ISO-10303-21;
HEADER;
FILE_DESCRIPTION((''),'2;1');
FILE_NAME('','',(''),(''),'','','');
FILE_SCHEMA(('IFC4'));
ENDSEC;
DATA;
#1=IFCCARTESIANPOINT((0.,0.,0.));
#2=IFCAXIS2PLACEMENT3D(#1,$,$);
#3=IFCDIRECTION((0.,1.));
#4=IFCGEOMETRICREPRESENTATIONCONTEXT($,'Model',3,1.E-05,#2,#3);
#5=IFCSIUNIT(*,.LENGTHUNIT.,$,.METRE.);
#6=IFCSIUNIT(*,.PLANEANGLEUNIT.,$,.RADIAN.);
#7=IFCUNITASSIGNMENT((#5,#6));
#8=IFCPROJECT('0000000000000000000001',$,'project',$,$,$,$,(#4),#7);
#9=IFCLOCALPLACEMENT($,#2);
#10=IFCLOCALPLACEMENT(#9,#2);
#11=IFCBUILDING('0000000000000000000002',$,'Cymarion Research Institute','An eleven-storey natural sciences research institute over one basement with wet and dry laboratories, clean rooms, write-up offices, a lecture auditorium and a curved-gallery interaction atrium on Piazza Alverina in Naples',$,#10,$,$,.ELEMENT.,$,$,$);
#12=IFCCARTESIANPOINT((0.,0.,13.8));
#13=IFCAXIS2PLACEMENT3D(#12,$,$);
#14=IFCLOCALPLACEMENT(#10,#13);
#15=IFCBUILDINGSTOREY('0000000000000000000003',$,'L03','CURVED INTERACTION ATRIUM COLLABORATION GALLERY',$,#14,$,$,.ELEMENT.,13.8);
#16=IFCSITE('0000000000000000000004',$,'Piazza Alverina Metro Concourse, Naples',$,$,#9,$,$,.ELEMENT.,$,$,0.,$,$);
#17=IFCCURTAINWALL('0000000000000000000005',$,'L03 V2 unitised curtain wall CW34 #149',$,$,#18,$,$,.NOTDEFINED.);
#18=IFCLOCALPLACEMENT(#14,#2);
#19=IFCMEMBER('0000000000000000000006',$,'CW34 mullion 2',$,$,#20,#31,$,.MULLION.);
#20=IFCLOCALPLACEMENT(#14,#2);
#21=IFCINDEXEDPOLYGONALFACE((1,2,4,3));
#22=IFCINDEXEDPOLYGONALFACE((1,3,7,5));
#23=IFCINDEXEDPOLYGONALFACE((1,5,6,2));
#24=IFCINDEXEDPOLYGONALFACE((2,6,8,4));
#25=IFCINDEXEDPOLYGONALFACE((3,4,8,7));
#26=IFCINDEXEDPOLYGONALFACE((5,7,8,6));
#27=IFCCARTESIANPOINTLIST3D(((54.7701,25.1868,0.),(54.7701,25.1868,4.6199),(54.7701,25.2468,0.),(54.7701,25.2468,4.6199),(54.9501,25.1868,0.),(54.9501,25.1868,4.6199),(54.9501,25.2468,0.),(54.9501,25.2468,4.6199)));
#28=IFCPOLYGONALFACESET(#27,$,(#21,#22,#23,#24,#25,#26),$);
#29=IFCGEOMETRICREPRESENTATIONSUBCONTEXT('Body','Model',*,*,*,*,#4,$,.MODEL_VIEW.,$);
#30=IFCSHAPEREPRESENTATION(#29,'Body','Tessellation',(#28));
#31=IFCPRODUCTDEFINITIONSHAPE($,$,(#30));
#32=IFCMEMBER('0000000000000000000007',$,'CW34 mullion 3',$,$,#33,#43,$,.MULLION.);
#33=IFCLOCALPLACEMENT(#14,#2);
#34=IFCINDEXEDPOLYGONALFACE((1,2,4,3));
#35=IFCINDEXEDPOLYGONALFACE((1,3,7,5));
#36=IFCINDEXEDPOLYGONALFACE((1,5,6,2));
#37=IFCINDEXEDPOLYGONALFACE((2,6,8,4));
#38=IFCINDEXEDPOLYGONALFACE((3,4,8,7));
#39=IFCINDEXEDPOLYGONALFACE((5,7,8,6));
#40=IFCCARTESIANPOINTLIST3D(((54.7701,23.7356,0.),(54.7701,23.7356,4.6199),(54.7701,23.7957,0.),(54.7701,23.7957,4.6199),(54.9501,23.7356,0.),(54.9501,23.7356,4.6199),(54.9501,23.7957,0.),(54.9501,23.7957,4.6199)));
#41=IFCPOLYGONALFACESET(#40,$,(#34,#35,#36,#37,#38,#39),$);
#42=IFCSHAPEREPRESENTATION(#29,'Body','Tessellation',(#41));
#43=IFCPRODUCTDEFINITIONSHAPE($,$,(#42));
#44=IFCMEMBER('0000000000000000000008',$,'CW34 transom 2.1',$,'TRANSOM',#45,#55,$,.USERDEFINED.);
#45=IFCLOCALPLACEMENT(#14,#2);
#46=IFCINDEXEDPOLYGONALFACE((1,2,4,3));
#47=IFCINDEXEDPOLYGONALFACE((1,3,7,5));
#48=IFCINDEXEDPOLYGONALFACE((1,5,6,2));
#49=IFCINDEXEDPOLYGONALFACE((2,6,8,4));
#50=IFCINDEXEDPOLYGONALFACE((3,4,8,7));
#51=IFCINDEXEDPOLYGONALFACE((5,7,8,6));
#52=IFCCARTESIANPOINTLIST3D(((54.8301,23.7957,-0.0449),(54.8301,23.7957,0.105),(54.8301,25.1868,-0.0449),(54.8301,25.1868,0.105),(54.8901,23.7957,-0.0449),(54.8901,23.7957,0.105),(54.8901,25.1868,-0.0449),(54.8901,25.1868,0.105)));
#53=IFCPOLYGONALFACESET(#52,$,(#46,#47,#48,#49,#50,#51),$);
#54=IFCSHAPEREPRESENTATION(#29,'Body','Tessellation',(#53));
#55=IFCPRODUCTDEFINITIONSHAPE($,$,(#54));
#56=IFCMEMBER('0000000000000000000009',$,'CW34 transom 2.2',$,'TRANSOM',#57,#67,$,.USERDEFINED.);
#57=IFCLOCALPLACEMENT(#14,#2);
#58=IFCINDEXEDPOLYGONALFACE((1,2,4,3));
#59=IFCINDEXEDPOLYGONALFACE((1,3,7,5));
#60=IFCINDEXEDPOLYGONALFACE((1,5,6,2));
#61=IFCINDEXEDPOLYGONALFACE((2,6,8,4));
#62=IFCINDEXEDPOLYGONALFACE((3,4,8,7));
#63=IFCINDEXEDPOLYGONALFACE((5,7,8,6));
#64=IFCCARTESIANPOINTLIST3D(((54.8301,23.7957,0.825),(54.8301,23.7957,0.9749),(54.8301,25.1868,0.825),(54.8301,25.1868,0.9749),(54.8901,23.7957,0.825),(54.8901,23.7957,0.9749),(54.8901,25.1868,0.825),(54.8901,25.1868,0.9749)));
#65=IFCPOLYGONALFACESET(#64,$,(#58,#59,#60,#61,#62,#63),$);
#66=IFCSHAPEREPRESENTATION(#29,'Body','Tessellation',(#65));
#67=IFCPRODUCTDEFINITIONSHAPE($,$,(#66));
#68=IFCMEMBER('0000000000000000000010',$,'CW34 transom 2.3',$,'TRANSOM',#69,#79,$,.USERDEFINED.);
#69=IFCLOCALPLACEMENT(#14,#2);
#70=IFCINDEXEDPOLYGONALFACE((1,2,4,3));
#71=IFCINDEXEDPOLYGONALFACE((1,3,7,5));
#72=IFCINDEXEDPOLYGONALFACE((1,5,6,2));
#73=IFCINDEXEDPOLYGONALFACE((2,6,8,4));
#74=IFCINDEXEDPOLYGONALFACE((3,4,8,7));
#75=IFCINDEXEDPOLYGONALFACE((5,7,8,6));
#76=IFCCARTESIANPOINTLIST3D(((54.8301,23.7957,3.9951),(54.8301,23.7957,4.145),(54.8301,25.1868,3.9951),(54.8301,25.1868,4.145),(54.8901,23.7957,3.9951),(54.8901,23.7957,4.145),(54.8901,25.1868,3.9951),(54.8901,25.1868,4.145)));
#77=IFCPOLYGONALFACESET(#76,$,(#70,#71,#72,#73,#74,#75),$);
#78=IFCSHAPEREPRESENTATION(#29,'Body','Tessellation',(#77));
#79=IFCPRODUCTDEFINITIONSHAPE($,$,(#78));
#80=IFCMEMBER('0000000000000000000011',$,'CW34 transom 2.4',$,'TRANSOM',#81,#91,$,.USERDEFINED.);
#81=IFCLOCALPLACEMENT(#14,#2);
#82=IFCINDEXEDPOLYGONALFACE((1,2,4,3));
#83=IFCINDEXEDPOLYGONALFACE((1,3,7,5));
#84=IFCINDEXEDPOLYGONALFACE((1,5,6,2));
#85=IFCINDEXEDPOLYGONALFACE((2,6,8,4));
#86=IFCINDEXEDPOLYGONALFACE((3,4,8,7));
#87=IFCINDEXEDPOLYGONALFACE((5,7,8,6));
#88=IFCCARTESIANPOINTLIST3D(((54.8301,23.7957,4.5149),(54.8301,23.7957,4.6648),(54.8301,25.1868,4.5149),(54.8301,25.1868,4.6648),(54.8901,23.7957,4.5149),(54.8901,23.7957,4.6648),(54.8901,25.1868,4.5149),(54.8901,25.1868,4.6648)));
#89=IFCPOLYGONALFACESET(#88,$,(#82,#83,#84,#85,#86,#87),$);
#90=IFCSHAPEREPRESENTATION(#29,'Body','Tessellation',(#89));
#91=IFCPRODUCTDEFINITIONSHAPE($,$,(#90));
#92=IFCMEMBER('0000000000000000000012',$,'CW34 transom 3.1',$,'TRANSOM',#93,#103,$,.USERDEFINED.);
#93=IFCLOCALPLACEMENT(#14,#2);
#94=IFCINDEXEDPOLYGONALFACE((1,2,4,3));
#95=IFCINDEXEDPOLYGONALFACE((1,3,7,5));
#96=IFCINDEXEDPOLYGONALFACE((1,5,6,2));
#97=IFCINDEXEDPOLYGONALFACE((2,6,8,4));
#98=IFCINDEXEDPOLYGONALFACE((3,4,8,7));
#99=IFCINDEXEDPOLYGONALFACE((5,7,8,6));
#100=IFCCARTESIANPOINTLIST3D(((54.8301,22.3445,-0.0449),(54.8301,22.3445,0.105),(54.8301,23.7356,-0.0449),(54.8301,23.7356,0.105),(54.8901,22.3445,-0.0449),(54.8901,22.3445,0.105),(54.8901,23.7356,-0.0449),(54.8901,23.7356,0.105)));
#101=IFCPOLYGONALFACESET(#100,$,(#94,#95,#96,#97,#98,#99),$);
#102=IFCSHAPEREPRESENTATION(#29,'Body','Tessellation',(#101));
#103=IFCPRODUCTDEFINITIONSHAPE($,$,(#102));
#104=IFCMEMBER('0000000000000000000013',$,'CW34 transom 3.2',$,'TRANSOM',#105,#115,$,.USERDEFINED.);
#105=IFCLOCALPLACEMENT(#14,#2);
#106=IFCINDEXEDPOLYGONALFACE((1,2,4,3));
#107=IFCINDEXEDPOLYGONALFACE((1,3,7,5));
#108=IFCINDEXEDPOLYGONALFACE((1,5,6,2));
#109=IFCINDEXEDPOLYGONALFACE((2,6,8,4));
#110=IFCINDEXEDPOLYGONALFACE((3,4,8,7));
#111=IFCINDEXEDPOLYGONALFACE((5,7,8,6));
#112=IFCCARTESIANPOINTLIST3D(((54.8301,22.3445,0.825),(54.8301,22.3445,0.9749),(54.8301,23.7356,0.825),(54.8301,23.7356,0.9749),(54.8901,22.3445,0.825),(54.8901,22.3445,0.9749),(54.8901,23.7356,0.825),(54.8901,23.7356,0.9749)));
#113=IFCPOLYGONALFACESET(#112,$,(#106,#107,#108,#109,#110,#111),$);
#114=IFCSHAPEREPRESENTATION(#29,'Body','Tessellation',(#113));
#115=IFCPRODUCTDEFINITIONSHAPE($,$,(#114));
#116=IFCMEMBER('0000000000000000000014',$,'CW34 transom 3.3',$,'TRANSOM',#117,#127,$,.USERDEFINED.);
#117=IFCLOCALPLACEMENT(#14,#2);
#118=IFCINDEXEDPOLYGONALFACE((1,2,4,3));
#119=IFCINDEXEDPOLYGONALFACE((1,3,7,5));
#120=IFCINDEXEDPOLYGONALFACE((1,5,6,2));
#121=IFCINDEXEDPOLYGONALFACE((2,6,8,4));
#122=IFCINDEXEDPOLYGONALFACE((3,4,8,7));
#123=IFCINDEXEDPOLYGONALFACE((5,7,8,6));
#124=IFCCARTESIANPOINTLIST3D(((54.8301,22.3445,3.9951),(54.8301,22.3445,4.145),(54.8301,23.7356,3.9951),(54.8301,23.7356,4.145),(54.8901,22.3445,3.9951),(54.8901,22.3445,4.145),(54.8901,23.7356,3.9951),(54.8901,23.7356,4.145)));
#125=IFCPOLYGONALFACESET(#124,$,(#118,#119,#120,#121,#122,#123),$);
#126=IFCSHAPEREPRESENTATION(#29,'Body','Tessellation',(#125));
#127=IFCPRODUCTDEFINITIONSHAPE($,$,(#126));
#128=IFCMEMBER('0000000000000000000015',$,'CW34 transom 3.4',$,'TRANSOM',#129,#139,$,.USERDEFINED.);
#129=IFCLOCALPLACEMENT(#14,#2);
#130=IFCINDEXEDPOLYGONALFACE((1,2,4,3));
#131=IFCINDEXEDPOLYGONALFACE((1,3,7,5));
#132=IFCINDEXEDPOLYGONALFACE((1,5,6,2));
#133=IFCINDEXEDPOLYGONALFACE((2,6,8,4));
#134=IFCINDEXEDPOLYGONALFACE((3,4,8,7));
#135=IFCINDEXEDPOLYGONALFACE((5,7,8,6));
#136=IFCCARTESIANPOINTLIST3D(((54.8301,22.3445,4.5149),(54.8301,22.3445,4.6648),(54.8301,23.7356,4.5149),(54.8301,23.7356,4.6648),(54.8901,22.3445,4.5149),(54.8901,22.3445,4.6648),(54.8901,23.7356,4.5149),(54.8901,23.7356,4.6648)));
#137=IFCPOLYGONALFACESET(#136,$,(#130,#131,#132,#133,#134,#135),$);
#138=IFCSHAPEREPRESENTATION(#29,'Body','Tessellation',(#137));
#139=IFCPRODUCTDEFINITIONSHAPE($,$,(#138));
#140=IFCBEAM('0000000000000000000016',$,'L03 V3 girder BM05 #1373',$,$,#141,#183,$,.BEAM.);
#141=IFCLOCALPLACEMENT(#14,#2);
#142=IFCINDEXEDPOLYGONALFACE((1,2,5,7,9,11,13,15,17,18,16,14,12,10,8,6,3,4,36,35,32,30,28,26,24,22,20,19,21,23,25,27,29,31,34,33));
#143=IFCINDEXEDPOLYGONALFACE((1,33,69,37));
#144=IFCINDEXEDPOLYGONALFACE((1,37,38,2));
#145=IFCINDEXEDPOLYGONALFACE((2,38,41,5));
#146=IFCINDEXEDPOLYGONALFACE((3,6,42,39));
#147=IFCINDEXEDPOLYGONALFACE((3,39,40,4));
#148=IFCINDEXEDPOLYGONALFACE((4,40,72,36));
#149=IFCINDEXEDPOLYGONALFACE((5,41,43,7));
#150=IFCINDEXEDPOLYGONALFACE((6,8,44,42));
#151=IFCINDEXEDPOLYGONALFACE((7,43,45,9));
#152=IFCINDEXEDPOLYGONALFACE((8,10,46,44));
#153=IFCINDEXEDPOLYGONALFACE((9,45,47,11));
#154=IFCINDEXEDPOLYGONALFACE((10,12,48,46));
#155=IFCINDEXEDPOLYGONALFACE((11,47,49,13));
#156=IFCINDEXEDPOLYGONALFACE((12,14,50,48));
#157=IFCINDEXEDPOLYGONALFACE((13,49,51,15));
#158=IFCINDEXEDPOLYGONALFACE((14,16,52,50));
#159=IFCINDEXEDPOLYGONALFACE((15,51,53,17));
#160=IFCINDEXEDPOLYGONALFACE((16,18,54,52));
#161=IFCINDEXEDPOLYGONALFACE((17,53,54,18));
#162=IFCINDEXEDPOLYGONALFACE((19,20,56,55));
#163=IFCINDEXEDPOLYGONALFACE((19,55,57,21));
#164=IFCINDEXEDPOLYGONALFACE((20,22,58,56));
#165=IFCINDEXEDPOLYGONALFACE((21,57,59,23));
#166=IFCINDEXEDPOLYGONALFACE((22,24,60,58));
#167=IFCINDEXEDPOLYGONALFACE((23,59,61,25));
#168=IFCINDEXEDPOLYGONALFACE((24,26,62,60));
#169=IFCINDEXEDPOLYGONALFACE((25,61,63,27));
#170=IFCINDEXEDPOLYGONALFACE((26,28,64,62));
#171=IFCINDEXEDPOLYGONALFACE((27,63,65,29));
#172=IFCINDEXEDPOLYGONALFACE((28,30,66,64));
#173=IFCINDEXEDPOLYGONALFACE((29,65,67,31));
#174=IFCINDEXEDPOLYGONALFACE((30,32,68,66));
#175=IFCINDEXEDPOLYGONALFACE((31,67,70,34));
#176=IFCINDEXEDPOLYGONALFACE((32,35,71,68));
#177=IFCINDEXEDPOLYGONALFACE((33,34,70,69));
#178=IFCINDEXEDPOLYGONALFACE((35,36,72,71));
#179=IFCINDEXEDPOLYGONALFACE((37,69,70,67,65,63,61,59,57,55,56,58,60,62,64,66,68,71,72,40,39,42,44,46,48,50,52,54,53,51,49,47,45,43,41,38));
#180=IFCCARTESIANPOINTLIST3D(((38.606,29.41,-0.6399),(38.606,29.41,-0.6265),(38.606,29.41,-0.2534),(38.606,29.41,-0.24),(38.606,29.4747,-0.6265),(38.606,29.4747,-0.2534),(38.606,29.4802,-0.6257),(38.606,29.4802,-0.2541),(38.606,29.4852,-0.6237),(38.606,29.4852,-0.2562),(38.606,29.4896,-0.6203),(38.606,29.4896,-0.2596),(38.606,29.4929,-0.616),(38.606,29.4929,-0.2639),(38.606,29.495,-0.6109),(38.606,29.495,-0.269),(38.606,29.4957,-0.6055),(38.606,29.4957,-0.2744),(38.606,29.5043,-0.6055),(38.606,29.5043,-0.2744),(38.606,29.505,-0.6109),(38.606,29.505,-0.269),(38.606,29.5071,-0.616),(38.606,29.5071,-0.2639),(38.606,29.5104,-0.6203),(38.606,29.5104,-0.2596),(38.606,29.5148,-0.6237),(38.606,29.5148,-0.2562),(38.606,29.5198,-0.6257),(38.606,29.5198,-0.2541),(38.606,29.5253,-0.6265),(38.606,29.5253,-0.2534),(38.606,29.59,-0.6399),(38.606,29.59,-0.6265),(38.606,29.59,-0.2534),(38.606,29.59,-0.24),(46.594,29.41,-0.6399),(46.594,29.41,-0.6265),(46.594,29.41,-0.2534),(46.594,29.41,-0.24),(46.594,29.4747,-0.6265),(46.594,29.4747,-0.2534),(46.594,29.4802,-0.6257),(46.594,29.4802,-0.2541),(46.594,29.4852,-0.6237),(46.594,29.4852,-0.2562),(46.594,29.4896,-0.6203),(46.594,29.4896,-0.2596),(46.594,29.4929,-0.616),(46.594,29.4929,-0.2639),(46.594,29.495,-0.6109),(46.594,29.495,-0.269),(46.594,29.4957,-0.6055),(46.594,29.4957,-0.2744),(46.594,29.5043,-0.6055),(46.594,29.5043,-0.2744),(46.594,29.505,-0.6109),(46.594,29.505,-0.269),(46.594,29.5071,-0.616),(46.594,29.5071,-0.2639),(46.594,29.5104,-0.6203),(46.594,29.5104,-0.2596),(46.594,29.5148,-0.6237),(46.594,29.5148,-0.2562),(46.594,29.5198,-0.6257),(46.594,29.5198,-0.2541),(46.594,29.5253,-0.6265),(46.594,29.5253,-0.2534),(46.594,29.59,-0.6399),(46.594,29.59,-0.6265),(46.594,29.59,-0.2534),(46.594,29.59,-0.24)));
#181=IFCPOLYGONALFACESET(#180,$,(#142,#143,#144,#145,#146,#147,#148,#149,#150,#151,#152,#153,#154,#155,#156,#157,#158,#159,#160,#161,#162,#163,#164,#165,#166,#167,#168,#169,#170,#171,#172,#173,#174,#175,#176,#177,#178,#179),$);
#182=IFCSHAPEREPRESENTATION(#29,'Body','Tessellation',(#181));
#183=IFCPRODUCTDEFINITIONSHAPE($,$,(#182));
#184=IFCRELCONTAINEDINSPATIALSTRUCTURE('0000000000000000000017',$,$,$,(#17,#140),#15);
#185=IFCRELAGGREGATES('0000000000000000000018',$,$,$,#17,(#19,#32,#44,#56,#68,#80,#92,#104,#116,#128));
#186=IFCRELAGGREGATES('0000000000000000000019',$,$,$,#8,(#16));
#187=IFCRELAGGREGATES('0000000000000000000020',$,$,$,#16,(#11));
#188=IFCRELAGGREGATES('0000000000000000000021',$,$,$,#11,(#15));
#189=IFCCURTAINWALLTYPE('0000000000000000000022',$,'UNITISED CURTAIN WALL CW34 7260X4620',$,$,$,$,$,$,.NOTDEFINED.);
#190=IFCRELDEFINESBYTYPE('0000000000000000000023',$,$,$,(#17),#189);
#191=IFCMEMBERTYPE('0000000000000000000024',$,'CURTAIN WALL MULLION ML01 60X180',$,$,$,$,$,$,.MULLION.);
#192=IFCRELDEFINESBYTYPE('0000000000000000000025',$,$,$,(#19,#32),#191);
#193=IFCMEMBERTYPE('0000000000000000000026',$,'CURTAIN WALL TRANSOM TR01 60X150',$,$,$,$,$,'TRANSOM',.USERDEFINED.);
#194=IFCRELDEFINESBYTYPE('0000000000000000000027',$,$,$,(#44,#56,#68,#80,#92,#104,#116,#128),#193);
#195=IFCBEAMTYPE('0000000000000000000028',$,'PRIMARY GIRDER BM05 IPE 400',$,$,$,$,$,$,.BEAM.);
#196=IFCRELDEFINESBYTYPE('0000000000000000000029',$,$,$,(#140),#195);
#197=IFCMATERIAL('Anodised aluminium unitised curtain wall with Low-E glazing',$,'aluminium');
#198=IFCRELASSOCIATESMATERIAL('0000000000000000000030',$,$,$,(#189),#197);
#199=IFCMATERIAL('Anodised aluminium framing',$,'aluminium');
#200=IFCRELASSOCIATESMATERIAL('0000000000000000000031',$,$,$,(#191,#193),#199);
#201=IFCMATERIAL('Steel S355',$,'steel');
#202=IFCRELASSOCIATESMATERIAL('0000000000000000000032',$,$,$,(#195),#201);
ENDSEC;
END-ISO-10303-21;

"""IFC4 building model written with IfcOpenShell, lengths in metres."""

from ifc_helpers import new_model, si_unit, direction, frame, origin, origin_2d, place, context, subcontext, project, spatial, rectangle, i_section, extrude, material, material_profile, profile_set, type_object, element, aggregate, save


model = new_model("IFC4")

# Units and contexts
model_context = context("Model", 3, precision=1e-05, world=origin(), true_north=direction((0.0, 1.0)))
body_context = subcontext(model_context, "Body", "Model", "MODEL_VIEW")
ifc_project = project(units=[si_unit("LENGTHUNIT", "METRE"), si_unit("PLANEANGLEUNIT", "RADIAN")], contexts=[model_context])

# Site, building, storey
site_placement = place(None, origin())
site = spatial("IfcSite", under=ifc_project, at=site_placement, Name="Piazza Alverina Metro Concourse, Naples", CompositionType="ELEMENT", RefElevation=0.0)
building_placement = place(site_placement, origin())
building = spatial("IfcBuilding", under=site, at=building_placement, Name="Cymarion Research Institute", Description="An eleven-storey natural sciences research institute over one basement with wet and dry laboratories, clean rooms, write-up offices, a lecture auditorium and a curved-gallery interaction atrium on Piazza Alverina in Naples", CompositionType="ELEMENT")
storey_placement = place(building_placement, frame((0.0, 0.0, 13.8)))
storey = spatial("IfcBuildingStorey", under=building, at=storey_placement, Name="L03", Description="CURVED INTERACTION ATRIUM COLLABORATION GALLERY", CompositionType="ELEMENT", Elevation=13.8)

# Curtain wall, members
ifc_material_1 = material(Name="Anodised aluminium unitised curtain wall with Low-E glazing", Category="aluminium")
curtain_wall_type = type_object("IfcCurtainWallType", Name="UNITISED CURTAIN WALL CW34 7260X4620", PredefinedType="NOTDEFINED", material=ifc_material_1)
curtain_wall_placement = place(storey_placement, origin())
curtain_wall = element("IfcCurtainWall", 1, at=curtain_wall_placement, inside=storey, type_object=curtain_wall_type, Name="L03 V2 unitised curtain wall CW34 #149", PredefinedType="NOTDEFINED")
ifc_material_2 = material(Name="Anodised aluminium framing", Category="aluminium")
ifc_material_profile_1 = material_profile(ifc_material_2, rectangle(XDim=0.0601, YDim=0.1799, at=origin_2d()), Name="ALU MULLION 60x180")
ifc_profile_set_1 = profile_set([ifc_material_profile_1], Name="Anodised aluminium framing")
member_type_1 = type_object("IfcMemberType", Name="CURTAIN WALL MULLION ML01 60X180", PredefinedType="MULLION", material=ifc_profile_set_1)
member_1_placement = place(storey_placement, frame((54.8601, 25.2168, 0.0), z_axis=(0.0, 0.0, 1.0), x_axis=(0.0, -1.0, 0.0)))
member_1 = element("IfcMember", 2, at=member_1_placement, type_object=member_type_1, Name="CW34 mullion 2", PredefinedType="MULLION", context=body_context, shape_type="SweptSolid", body=[
    extrude(rectangle(XDim=0.0601, YDim=0.1799, at=origin_2d()), origin(), (0.0, 0.0, 1.0), 4.6199),
])
member_2_placement = place(storey_placement, frame((54.8601, 23.7656, 0.0), z_axis=(0.0, 0.0, 1.0), x_axis=(0.0, -1.0, 0.0)))
member_2 = element("IfcMember", 3, at=member_2_placement, type_object=member_type_1, Name="CW34 mullion 3", PredefinedType="MULLION", context=body_context, shape_type="SweptSolid", body=[
    extrude(rectangle(XDim=0.0601, YDim=0.1799, at=origin_2d()), origin(), (0.0, 0.0, 1.0), 4.6199),
])
ifc_material_profile_2 = material_profile(ifc_material_2, rectangle(XDim=0.0601, YDim=0.1499, at=origin_2d()), Name="ALU TRANSOM 60x150")
ifc_profile_set_2 = profile_set([ifc_material_profile_2], Name="Anodised aluminium framing")
member_type_2 = type_object("IfcMemberType", Name="CURTAIN WALL TRANSOM TR01 60X150", ElementType="TRANSOM", PredefinedType="USERDEFINED", material=ifc_profile_set_2)
member_3_placement = place(storey_placement, frame((54.8601, 25.1868, 0.03), z_axis=(0.0, -1.0, 0.0), x_axis=(1.0, 0.0, 0.0)))
member_3 = element("IfcMember", 4, at=member_3_placement, type_object=member_type_2, Name="CW34 transom 2.1", ObjectType="TRANSOM", PredefinedType="USERDEFINED", context=body_context, shape_type="SweptSolid", body=[
    extrude(rectangle(XDim=0.0601, YDim=0.1499, at=origin_2d()), origin(), (0.0, 0.0, 1.0), 1.3911),
])
member_4_placement = place(storey_placement, frame((54.8601, 25.1868, 0.8999), z_axis=(0.0, -1.0, 0.0), x_axis=(1.0, 0.0, 0.0)))
member_4 = element("IfcMember", 5, at=member_4_placement, type_object=member_type_2, Name="CW34 transom 2.2", ObjectType="TRANSOM", PredefinedType="USERDEFINED", context=body_context, shape_type="SweptSolid", body=[
    extrude(rectangle(XDim=0.0601, YDim=0.1499, at=origin_2d()), origin(), (0.0, 0.0, 1.0), 1.3911),
])
member_5_placement = place(storey_placement, frame((54.8601, 25.1868, 4.0701), z_axis=(0.0, -1.0, 0.0), x_axis=(1.0, 0.0, 0.0)))
member_5 = element("IfcMember", 6, at=member_5_placement, type_object=member_type_2, Name="CW34 transom 2.3", ObjectType="TRANSOM", PredefinedType="USERDEFINED", context=body_context, shape_type="SweptSolid", body=[
    extrude(rectangle(XDim=0.0601, YDim=0.1499, at=origin_2d()), origin(), (0.0, 0.0, 1.0), 1.3911),
])
member_6_placement = place(storey_placement, frame((54.8601, 25.1868, 4.5898), z_axis=(0.0, -1.0, 0.0), x_axis=(1.0, 0.0, 0.0)))
member_6 = element("IfcMember", 7, at=member_6_placement, type_object=member_type_2, Name="CW34 transom 2.4", ObjectType="TRANSOM", PredefinedType="USERDEFINED", context=body_context, shape_type="SweptSolid", body=[
    extrude(rectangle(XDim=0.0601, YDim=0.1499, at=origin_2d()), origin(), (0.0, 0.0, 1.0), 1.3911),
])
member_7_placement = place(storey_placement, frame((54.8601, 23.7356, 0.03), z_axis=(0.0, -1.0, 0.0), x_axis=(1.0, 0.0, 0.0)))
member_7 = element("IfcMember", 8, at=member_7_placement, type_object=member_type_2, Name="CW34 transom 3.1", ObjectType="TRANSOM", PredefinedType="USERDEFINED", context=body_context, shape_type="SweptSolid", body=[
    extrude(rectangle(XDim=0.0601, YDim=0.1499, at=origin_2d()), origin(), (0.0, 0.0, 1.0), 1.3911),
])
member_8_placement = place(storey_placement, frame((54.8601, 23.7356, 0.8999), z_axis=(0.0, -1.0, 0.0), x_axis=(1.0, 0.0, 0.0)))
member_8 = element("IfcMember", 9, at=member_8_placement, type_object=member_type_2, Name="CW34 transom 3.2", ObjectType="TRANSOM", PredefinedType="USERDEFINED", context=body_context, shape_type="SweptSolid", body=[
    extrude(rectangle(XDim=0.0601, YDim=0.1499, at=origin_2d()), origin(), (0.0, 0.0, 1.0), 1.3911),
])
member_9_placement = place(storey_placement, frame((54.8601, 23.7356, 4.0701), z_axis=(0.0, -1.0, 0.0), x_axis=(1.0, 0.0, 0.0)))
member_9 = element("IfcMember", 10, at=member_9_placement, type_object=member_type_2, Name="CW34 transom 3.3", ObjectType="TRANSOM", PredefinedType="USERDEFINED", context=body_context, shape_type="SweptSolid", body=[
    extrude(rectangle(XDim=0.0601, YDim=0.1499, at=origin_2d()), origin(), (0.0, 0.0, 1.0), 1.3911),
])
member_10_placement = place(storey_placement, frame((54.8601, 23.7356, 4.5898), z_axis=(0.0, -1.0, 0.0), x_axis=(1.0, 0.0, 0.0)))
member_10 = element("IfcMember", 11, at=member_10_placement, type_object=member_type_2, Name="CW34 transom 3.4", ObjectType="TRANSOM", PredefinedType="USERDEFINED", context=body_context, shape_type="SweptSolid", body=[
    extrude(rectangle(XDim=0.0601, YDim=0.1499, at=origin_2d()), origin(), (0.0, 0.0, 1.0), 1.3911),
])

# Beam
ifc_material_3 = material(Name="Steel S355", Category="steel")
ifc_material_profile_3 = material_profile(ifc_material_3, i_section(OverallWidth=0.1799, OverallDepth=0.3999, WebThickness=0.0085, FlangeThickness=0.0134, FilletRadius=0.021, at=origin_2d()), Name="IPE 400")
ifc_profile_set_3 = profile_set([ifc_material_profile_3], Name="Steel S355")
beam_type_1 = type_object("IfcBeamType", Name="PRIMARY GIRDER BM05 IPE 400", PredefinedType="BEAM", material=ifc_profile_set_3)
beam_1_placement = place(storey_placement, frame((38.606, 29.5, -0.4399), z_axis=(1.0, 0.0, 0.0), x_axis=(0.0, 1.0, 0.0)))
element("IfcBeam", 12, at=beam_1_placement, inside=storey, type_object=beam_type_1, Name="L03 V3 girder BM05 #1373", PredefinedType="BEAM", context=body_context, shape_type="SweptSolid", body=[
    extrude(i_section(OverallWidth=0.1799, OverallDepth=0.3999, WebThickness=0.0085, FlangeThickness=0.0134, FilletRadius=0.021, at=origin_2d()), origin(), (0.0, 0.0, 1.0), 7.988),
])

aggregate(curtain_wall, [member_1, member_2, member_3, member_4, member_5, member_6, member_7, member_8, member_9, member_10])

save(model, "model.ifc")
